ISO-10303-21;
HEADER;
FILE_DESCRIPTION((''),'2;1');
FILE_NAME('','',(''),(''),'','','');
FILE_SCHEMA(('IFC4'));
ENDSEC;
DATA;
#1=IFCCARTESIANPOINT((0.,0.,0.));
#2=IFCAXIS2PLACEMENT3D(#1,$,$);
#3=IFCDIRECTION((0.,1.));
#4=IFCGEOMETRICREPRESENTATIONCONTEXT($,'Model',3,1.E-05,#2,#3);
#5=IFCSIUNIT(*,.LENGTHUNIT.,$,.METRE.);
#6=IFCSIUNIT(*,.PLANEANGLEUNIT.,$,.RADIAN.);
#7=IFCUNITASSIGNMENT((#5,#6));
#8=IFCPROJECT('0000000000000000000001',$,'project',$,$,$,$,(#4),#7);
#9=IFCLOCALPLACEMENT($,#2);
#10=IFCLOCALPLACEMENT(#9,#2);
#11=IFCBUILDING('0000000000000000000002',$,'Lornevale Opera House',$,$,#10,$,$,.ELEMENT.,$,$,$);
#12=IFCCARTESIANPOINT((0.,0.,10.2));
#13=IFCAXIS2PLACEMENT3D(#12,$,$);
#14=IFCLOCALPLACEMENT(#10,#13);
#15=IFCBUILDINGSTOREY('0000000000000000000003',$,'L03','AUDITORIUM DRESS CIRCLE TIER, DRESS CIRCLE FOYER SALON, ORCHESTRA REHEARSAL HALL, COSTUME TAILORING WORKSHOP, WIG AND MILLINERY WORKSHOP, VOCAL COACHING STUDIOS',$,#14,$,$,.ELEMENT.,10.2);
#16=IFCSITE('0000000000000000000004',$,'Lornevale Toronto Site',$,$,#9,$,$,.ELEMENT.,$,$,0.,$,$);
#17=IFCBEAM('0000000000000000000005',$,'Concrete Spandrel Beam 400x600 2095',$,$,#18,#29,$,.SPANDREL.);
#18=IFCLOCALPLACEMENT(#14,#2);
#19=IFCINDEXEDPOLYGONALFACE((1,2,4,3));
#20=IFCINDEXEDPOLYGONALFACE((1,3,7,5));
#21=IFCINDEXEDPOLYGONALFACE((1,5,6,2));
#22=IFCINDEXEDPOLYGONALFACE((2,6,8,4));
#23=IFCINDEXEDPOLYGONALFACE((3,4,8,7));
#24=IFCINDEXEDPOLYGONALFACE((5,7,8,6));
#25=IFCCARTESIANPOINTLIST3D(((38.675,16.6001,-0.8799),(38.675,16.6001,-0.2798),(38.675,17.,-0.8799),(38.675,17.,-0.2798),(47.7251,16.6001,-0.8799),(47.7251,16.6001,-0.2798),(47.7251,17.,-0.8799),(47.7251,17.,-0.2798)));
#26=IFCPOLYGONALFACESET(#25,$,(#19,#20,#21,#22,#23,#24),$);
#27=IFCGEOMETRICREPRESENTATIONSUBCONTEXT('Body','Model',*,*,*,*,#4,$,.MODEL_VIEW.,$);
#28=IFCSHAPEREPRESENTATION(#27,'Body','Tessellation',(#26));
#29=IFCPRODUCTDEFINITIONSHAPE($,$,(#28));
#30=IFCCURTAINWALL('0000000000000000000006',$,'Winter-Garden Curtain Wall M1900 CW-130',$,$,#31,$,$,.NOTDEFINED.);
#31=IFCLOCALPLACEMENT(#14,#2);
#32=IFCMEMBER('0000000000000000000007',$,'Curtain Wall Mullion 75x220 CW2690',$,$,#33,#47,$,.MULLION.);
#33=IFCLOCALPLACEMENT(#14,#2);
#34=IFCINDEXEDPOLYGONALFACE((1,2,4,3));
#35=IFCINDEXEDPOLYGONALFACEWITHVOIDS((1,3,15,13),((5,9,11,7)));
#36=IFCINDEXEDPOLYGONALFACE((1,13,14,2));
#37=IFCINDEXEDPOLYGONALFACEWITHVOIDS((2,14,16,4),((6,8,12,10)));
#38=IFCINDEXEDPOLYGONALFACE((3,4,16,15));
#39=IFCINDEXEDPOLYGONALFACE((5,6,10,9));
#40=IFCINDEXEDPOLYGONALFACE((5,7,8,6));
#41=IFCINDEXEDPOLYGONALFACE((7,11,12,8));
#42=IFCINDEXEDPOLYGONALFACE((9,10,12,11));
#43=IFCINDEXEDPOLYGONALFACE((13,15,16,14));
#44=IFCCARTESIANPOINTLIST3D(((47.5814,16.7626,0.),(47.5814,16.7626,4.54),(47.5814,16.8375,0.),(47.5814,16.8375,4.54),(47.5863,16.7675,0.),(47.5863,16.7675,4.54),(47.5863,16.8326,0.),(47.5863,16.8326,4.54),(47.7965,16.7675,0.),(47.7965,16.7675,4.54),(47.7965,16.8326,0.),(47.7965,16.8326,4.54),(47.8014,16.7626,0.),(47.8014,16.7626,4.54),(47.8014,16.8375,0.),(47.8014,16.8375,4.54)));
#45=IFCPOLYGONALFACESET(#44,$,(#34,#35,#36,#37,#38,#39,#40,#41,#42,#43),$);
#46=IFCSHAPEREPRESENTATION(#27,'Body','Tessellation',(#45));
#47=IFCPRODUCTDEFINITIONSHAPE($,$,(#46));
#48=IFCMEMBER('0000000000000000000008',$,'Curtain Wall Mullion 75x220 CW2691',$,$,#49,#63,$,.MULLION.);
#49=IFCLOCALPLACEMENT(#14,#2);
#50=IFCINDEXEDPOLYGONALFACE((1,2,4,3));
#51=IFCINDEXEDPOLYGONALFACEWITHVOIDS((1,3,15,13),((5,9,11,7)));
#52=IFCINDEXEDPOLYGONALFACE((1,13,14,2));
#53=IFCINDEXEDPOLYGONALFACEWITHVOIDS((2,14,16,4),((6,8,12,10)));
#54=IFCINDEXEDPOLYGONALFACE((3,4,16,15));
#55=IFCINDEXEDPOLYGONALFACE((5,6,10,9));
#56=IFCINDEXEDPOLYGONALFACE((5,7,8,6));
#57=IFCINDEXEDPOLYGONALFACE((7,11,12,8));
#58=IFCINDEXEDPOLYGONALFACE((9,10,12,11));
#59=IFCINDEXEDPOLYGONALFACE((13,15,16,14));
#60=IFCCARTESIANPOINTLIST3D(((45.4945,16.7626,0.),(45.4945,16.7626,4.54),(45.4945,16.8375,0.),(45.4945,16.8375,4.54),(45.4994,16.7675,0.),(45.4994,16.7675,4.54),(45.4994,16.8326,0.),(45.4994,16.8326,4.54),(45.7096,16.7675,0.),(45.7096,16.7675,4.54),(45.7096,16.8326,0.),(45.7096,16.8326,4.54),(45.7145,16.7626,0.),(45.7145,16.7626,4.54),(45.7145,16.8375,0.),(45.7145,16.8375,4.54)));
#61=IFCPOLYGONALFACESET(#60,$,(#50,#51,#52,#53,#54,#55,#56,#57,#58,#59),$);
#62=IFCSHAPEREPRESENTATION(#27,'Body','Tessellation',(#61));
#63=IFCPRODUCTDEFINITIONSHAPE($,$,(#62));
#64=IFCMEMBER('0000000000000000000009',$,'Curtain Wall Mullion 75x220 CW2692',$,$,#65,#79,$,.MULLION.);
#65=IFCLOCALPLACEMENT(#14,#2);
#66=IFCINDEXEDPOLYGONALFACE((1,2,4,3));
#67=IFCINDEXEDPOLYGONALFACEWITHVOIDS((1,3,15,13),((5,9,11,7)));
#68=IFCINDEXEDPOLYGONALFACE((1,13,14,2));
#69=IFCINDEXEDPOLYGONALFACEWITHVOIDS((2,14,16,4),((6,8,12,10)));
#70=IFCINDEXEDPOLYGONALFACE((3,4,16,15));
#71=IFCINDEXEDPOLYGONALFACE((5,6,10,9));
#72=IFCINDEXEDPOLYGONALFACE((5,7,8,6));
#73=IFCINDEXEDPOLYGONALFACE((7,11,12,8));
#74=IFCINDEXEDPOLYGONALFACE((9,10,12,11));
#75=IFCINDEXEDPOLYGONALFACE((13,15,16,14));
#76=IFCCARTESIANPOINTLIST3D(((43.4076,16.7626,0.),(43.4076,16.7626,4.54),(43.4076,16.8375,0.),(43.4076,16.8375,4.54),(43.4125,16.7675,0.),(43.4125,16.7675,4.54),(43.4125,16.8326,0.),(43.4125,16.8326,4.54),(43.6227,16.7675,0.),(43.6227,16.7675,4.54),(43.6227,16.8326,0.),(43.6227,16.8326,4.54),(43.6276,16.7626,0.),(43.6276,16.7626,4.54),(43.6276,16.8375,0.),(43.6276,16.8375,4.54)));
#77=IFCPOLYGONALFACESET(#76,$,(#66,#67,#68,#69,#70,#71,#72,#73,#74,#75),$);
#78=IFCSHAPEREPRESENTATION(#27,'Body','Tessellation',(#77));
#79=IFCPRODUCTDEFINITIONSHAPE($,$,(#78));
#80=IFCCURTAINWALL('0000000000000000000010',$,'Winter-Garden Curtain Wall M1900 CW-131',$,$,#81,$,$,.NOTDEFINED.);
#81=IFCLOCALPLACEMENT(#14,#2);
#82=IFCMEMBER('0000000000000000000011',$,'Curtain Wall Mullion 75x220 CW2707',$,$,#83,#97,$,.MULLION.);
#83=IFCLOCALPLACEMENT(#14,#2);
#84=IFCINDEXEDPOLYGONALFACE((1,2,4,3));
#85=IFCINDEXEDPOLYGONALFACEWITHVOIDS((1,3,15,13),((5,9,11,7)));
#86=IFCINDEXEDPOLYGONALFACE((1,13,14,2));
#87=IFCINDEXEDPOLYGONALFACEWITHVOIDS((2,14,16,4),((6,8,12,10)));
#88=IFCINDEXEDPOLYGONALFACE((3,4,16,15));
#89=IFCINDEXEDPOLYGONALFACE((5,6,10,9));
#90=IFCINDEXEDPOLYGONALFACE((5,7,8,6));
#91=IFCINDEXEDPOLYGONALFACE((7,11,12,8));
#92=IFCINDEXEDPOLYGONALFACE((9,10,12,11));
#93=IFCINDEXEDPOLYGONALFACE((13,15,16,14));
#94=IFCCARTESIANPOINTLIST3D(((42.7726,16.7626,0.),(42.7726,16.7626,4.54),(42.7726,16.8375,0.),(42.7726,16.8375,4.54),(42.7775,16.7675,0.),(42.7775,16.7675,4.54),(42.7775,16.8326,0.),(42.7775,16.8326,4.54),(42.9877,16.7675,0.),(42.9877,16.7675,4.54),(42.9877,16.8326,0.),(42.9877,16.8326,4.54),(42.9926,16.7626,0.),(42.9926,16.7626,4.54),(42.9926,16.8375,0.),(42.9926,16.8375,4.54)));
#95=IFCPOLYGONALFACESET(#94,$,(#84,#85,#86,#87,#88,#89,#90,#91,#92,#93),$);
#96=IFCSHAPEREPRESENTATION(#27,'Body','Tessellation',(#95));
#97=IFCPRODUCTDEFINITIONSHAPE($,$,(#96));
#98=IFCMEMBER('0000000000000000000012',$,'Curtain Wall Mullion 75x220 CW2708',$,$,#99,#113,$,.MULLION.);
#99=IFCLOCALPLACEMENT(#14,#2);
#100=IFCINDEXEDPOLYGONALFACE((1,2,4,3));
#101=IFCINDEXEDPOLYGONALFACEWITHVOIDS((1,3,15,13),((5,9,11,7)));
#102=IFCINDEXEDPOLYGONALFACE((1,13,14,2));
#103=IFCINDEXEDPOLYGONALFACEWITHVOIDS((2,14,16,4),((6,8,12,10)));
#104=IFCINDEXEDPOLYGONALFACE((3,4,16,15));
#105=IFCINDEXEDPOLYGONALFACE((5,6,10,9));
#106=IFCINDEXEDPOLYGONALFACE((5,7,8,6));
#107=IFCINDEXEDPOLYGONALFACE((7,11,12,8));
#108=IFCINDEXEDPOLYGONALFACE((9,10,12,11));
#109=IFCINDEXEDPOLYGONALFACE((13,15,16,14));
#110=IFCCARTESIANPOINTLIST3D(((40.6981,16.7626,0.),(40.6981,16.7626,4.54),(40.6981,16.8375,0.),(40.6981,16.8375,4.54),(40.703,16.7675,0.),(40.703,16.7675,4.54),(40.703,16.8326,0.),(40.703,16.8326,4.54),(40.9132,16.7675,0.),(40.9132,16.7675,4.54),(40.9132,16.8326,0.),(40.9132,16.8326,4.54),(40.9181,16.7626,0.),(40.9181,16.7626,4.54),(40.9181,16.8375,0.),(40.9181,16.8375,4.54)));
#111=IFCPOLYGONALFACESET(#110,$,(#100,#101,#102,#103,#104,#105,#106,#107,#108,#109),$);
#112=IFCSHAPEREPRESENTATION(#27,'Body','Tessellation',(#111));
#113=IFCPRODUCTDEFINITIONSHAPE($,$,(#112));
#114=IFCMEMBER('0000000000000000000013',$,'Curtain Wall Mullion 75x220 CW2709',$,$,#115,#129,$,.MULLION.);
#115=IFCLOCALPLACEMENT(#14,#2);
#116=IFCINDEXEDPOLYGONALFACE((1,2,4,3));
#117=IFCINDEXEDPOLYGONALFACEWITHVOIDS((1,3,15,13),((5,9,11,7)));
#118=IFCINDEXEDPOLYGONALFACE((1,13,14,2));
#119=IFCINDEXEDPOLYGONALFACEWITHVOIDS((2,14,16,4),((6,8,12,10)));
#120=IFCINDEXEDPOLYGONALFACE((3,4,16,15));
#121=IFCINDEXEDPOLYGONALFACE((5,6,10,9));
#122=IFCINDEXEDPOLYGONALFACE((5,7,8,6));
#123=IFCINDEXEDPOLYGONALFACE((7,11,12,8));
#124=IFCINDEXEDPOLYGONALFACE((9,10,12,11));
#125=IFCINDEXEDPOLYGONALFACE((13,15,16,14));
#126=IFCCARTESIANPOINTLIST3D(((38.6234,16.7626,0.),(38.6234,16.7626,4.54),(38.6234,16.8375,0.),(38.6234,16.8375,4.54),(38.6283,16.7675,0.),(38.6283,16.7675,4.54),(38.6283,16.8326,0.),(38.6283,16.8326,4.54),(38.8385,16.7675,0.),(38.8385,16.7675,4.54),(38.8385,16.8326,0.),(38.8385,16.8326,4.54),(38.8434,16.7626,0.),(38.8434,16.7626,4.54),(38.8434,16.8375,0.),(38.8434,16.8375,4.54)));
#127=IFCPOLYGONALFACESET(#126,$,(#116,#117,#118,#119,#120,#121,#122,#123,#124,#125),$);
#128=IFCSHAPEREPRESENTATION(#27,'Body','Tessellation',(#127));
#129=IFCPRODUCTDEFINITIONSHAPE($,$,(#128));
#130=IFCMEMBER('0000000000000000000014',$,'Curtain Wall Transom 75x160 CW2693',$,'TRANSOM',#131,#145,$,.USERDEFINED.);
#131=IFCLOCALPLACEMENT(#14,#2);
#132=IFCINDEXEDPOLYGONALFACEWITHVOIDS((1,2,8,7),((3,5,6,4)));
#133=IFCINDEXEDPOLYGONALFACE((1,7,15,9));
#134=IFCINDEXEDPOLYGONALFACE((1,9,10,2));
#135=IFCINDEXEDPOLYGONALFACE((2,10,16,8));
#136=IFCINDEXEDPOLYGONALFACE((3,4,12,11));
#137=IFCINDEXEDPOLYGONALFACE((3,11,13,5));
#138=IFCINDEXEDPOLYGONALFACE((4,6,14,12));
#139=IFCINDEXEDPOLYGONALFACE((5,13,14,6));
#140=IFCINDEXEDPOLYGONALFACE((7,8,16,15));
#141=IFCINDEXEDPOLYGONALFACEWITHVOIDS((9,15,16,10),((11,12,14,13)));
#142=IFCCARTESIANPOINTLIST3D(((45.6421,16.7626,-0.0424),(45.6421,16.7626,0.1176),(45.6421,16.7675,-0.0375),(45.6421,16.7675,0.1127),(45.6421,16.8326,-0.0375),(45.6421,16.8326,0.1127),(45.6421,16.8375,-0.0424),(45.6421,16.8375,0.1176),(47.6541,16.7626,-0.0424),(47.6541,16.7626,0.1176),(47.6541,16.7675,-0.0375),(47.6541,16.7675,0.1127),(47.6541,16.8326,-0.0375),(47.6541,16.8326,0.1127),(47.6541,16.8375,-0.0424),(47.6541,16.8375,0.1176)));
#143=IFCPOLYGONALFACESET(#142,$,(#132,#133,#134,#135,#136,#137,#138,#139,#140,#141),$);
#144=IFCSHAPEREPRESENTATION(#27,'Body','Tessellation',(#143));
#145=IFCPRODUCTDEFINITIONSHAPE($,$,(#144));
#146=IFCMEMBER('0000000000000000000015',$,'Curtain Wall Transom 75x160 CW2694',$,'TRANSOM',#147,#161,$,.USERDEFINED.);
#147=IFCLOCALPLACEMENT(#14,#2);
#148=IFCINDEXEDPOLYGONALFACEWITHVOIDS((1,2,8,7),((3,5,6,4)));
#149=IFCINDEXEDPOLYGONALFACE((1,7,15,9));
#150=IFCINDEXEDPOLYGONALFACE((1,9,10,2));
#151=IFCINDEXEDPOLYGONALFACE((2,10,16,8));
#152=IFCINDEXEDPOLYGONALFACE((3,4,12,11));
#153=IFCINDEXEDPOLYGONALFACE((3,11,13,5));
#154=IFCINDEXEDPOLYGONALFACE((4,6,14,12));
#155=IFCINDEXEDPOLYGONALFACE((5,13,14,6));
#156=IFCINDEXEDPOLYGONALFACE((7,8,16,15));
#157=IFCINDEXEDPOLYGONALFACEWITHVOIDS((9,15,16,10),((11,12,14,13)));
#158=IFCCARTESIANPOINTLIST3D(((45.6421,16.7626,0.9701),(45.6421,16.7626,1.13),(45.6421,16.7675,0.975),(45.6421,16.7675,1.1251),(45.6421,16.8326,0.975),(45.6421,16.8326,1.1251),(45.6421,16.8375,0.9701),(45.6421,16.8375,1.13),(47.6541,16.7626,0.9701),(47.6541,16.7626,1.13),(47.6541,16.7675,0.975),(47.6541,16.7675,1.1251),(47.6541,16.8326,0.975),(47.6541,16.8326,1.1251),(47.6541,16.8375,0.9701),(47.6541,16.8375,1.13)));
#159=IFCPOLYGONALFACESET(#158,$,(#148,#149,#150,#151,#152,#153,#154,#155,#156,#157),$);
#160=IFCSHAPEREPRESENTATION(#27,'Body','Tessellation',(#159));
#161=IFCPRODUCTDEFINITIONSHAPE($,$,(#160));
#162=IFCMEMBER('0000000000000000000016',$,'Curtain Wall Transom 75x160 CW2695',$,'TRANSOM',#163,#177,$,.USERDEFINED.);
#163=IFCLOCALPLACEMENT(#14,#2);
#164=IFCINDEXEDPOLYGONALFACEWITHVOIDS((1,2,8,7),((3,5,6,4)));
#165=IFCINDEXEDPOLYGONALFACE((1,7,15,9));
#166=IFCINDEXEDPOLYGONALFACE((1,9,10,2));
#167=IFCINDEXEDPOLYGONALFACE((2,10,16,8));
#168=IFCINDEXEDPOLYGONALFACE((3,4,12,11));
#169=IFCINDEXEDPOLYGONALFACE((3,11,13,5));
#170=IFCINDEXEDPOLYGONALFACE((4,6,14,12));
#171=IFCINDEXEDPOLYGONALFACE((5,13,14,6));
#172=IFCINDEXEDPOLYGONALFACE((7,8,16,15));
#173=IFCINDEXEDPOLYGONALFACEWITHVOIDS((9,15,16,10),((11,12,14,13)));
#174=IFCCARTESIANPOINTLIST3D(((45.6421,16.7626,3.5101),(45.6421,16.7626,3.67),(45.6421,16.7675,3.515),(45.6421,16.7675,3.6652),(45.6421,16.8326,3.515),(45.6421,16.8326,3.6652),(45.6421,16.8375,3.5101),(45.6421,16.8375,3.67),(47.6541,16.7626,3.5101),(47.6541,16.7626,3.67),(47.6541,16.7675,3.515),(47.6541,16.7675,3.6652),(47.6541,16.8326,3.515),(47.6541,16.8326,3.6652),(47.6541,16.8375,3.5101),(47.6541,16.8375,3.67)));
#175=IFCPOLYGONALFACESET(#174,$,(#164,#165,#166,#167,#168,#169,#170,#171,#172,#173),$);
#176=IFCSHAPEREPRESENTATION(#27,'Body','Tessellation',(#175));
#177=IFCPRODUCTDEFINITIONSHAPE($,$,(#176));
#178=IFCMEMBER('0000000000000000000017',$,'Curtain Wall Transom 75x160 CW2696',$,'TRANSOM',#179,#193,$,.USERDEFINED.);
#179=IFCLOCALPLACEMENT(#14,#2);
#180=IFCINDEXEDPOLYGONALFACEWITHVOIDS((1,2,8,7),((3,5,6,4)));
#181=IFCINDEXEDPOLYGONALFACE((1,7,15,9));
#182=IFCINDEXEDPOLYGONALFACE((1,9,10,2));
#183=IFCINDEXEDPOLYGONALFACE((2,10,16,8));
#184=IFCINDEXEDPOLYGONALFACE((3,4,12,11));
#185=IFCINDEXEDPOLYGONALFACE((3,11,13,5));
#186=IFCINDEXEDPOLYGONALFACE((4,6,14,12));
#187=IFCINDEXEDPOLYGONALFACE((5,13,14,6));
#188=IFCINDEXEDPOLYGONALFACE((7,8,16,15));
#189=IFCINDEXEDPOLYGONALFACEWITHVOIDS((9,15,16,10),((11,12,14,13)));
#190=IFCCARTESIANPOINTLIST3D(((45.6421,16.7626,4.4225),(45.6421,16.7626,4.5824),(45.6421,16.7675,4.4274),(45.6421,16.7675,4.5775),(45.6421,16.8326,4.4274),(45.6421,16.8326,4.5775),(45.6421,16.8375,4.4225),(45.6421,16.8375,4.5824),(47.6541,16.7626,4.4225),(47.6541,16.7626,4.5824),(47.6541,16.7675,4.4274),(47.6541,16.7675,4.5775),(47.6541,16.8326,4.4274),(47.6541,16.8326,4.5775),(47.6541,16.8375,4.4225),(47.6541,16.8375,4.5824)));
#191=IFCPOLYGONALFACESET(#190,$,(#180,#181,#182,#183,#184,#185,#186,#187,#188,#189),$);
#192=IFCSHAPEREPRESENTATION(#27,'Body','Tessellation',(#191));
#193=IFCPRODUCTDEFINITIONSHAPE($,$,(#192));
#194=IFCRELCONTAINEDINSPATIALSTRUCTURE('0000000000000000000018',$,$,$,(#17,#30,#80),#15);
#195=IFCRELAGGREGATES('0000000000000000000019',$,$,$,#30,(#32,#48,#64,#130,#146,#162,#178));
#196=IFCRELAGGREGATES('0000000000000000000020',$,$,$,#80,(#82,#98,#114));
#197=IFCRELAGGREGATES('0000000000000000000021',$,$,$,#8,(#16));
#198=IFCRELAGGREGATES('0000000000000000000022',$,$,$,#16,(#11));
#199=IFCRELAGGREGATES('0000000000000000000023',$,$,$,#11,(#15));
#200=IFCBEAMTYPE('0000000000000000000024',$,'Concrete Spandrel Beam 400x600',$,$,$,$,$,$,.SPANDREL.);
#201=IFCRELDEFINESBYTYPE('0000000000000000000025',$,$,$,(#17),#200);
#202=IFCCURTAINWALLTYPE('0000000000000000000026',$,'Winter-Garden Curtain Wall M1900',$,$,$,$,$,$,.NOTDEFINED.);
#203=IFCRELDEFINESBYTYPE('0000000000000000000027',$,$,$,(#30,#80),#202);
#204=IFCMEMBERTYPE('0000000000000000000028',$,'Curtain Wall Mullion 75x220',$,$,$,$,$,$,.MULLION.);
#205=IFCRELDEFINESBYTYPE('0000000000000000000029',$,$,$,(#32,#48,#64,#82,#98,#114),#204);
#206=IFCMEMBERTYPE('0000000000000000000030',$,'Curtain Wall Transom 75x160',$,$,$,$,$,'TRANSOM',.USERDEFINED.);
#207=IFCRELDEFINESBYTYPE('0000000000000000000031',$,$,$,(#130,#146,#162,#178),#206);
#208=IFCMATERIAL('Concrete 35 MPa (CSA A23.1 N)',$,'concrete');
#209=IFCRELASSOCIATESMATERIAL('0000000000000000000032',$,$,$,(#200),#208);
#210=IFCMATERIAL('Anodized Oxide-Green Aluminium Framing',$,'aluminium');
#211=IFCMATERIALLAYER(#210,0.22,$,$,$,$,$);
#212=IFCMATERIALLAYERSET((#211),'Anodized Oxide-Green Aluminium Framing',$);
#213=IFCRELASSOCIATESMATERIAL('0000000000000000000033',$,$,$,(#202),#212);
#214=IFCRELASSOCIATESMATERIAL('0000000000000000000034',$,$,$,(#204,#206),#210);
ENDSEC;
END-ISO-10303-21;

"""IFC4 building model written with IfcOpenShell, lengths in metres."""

from ifc_helpers import new_model, si_unit, direction, frame, origin, origin_2d, place, context, subcontext, project, spatial, rectangle, hollow_rectangle, extrude, material, layer, layer_set, material_profile, profile_set, type_object, element, aggregate, save


model = new_model("IFC4")

# Units and contexts
model_context = context("Model", 3, precision=1e-05, world=origin(), true_north=direction((0.0, 1.0)))
body_context = subcontext(model_context, "Body", "Model", "MODEL_VIEW")
ifc_project = project(units=[si_unit("LENGTHUNIT", "METRE"), si_unit("PLANEANGLEUNIT", "RADIAN")], contexts=[model_context])

# Site, building, storey
site_placement = place(None, origin())
site = spatial("IfcSite", under=ifc_project, at=site_placement, Name="Lornevale Toronto Site", CompositionType="ELEMENT", RefElevation=0.0)
building_placement = place(site_placement, origin())
building = spatial("IfcBuilding", under=site, at=building_placement, Name="Lornevale Opera House", CompositionType="ELEMENT")
storey_placement = place(building_placement, frame((0.0, 0.0, 10.2)))
storey = spatial("IfcBuildingStorey", under=building, at=storey_placement, Name="L03", Description="AUDITORIUM DRESS CIRCLE TIER, DRESS CIRCLE FOYER SALON, ORCHESTRA REHEARSAL HALL, COSTUME TAILORING WORKSHOP, WIG AND MILLINERY WORKSHOP, VOCAL COACHING STUDIOS", CompositionType="ELEMENT", Elevation=10.2)

# Beam
ifc_material_1 = material(Name="Concrete 35 MPa (CSA A23.1 N)", Category="concrete")
ifc_material_profile_1 = material_profile(ifc_material_1, rectangle(XDim=0.3999, YDim=0.6001, at=origin_2d()), Name="RC400x600")
ifc_profile_set_1 = profile_set([ifc_material_profile_1], Name="Concrete 35 MPa (CSA A23.1 N)")
beam_type = type_object("IfcBeamType", Name="Concrete Spandrel Beam 400x600", PredefinedType="SPANDREL", material=ifc_profile_set_1)
beam_placement = place(storey_placement, frame((38.675, 16.8, -0.5798), z_axis=(1.0, 0.0, 0.0), x_axis=(0.0, 1.0, 0.0)))
element("IfcBeam", 1, at=beam_placement, inside=storey, type_object=beam_type, Name="Concrete Spandrel Beam 400x600 2095", PredefinedType="SPANDREL", context=body_context, shape_type="SweptSolid", body=[
    extrude(rectangle(XDim=0.3999, YDim=0.6001, at=origin_2d()), origin(), (0.0, 0.0, 1.0), 9.05),
])

# Curtain walls, members
ifc_material_2 = material(Name="Anodized Oxide-Green Aluminium Framing", Category="aluminium")
ifc_layer_1 = layer(ifc_material_2, 0.22)
ifc_layer_set_1 = layer_set([ifc_layer_1], Name="Anodized Oxide-Green Aluminium Framing")
curtain_wall_type_1 = type_object("IfcCurtainWallType", Name="Winter-Garden Curtain Wall M1900", PredefinedType="NOTDEFINED", material=ifc_layer_set_1)
curtain_wall_1_placement = place(storey_placement, origin())
curtain_wall_1 = element("IfcCurtainWall", 2, at=curtain_wall_1_placement, inside=storey, type_object=curtain_wall_type_1, Name="Winter-Garden Curtain Wall M1900 CW-130", PredefinedType="NOTDEFINED")
ifc_material_profile_2 = material_profile(ifc_material_2, hollow_rectangle(XDim=0.075, YDim=0.22, WallThickness=0.0049, at=origin_2d()), Name="ALU75x220x5")
ifc_profile_set_2 = profile_set([ifc_material_profile_2], Name="Anodized Oxide-Green Aluminium Framing")
member_type_1 = type_object("IfcMemberType", Name="Curtain Wall Mullion 75x220", PredefinedType="MULLION", material=ifc_profile_set_2)
member_1_placement = place(storey_placement, frame((47.6914, 16.8, 0.0), z_axis=(0.0, 0.0, 1.0), x_axis=(0.0, -1.0, 0.0)))
member_1 = element("IfcMember", 3, at=member_1_placement, type_object=member_type_1, Name="Curtain Wall Mullion 75x220 CW2690", PredefinedType="MULLION", context=body_context, shape_type="SweptSolid", body=[
    extrude(hollow_rectangle(XDim=0.075, YDim=0.22, WallThickness=0.0049, at=origin_2d()), origin(), (0.0, 0.0, 1.0), 4.54),
])
member_2_placement = place(storey_placement, frame((45.6045, 16.8, 0.0), z_axis=(0.0, 0.0, 1.0), x_axis=(0.0, -1.0, 0.0)))
member_2 = element("IfcMember", 4, at=member_2_placement, type_object=member_type_1, Name="Curtain Wall Mullion 75x220 CW2691", PredefinedType="MULLION", context=body_context, shape_type="SweptSolid", body=[
    extrude(hollow_rectangle(XDim=0.075, YDim=0.22, WallThickness=0.0049, at=origin_2d()), origin(), (0.0, 0.0, 1.0), 4.54),
])
member_3_placement = place(storey_placement, frame((43.5176, 16.8, 0.0), z_axis=(0.0, 0.0, 1.0), x_axis=(0.0, -1.0, 0.0)))
member_3 = element("IfcMember", 5, at=member_3_placement, type_object=member_type_1, Name="Curtain Wall Mullion 75x220 CW2692", PredefinedType="MULLION", context=body_context, shape_type="SweptSolid", body=[
    extrude(hollow_rectangle(XDim=0.075, YDim=0.22, WallThickness=0.0049, at=origin_2d()), origin(), (0.0, 0.0, 1.0), 4.54),
])
curtain_wall_2_placement = place(storey_placement, origin())
curtain_wall_2 = element("IfcCurtainWall", 6, at=curtain_wall_2_placement, inside=storey, type_object=curtain_wall_type_1, Name="Winter-Garden Curtain Wall M1900 CW-131", PredefinedType="NOTDEFINED")
member_4_placement = place(storey_placement, frame((42.8826, 16.8, 0.0), z_axis=(0.0, 0.0, 1.0), x_axis=(0.0, -1.0, 0.0)))
member_4 = element("IfcMember", 7, at=member_4_placement, type_object=member_type_1, Name="Curtain Wall Mullion 75x220 CW2707", PredefinedType="MULLION", context=body_context, shape_type="SweptSolid", body=[
    extrude(hollow_rectangle(XDim=0.075, YDim=0.22, WallThickness=0.0049, at=origin_2d()), origin(), (0.0, 0.0, 1.0), 4.54),
])
member_5_placement = place(storey_placement, frame((40.8081, 16.8, 0.0), z_axis=(0.0, 0.0, 1.0), x_axis=(0.0, -1.0, 0.0)))
member_5 = element("IfcMember", 8, at=member_5_placement, type_object=member_type_1, Name="Curtain Wall Mullion 75x220 CW2708", PredefinedType="MULLION", context=body_context, shape_type="SweptSolid", body=[
    extrude(hollow_rectangle(XDim=0.075, YDim=0.22, WallThickness=0.0049, at=origin_2d()), origin(), (0.0, 0.0, 1.0), 4.54),
])
member_6_placement = place(storey_placement, frame((38.7334, 16.8, 0.0), z_axis=(0.0, 0.0, 1.0), x_axis=(0.0, -1.0, 0.0)))
member_6 = element("IfcMember", 9, at=member_6_placement, type_object=member_type_1, Name="Curtain Wall Mullion 75x220 CW2709", PredefinedType="MULLION", context=body_context, shape_type="SweptSolid", body=[
    extrude(hollow_rectangle(XDim=0.075, YDim=0.22, WallThickness=0.0049, at=origin_2d()), origin(), (0.0, 0.0, 1.0), 4.54),
])

# Members
ifc_material_profile_3 = material_profile(ifc_material_2, hollow_rectangle(XDim=0.075, YDim=0.1599, WallThickness=0.0049, at=origin_2d()), Name="ALU75x160x5")
ifc_profile_set_3 = profile_set([ifc_material_profile_3], Name="Anodized Oxide-Green Aluminium Framing")
member_type_2 = type_object("IfcMemberType", Name="Curtain Wall Transom 75x160", ElementType="TRANSOM", PredefinedType="USERDEFINED", material=ifc_profile_set_3)
member_7_placement = place(storey_placement, frame((47.6541, 16.8, 0.0376), z_axis=(-1.0, 0.0, 0.0), x_axis=(0.0, -1.0, 0.0)))
member_7 = element("IfcMember", 10, at=member_7_placement, type_object=member_type_2, Name="Curtain Wall Transom 75x160 CW2693", ObjectType="TRANSOM", PredefinedType="USERDEFINED", context=body_context, shape_type="SweptSolid", body=[
    extrude(hollow_rectangle(XDim=0.075, YDim=0.1599, WallThickness=0.0049, at=origin_2d()), origin(), (0.0, 0.0, 1.0), 2.012),
])
member_8_placement = place(storey_placement, frame((47.6541, 16.8, 1.05), z_axis=(-1.0, 0.0, 0.0), x_axis=(0.0, -1.0, 0.0)))
member_8 = element("IfcMember", 11, at=member_8_placement, type_object=member_type_2, Name="Curtain Wall Transom 75x160 CW2694", ObjectType="TRANSOM", PredefinedType="USERDEFINED", context=body_context, shape_type="SweptSolid", body=[
    extrude(hollow_rectangle(XDim=0.075, YDim=0.1599, WallThickness=0.0049, at=origin_2d()), origin(), (0.0, 0.0, 1.0), 2.012),
])
member_9_placement = place(storey_placement, frame((47.6541, 16.8, 3.5901), z_axis=(-1.0, 0.0, 0.0), x_axis=(0.0, -1.0, 0.0)))
member_9 = element("IfcMember", 12, at=member_9_placement, type_object=member_type_2, Name="Curtain Wall Transom 75x160 CW2695", ObjectType="TRANSOM", PredefinedType="USERDEFINED", context=body_context, shape_type="SweptSolid", body=[
    extrude(hollow_rectangle(XDim=0.075, YDim=0.1599, WallThickness=0.0049, at=origin_2d()), origin(), (0.0, 0.0, 1.0), 2.012),
])
member_10_placement = place(storey_placement, frame((47.6541, 16.8, 4.5024), z_axis=(-1.0, 0.0, 0.0), x_axis=(0.0, -1.0, 0.0)))
member_10 = element("IfcMember", 13, at=member_10_placement, type_object=member_type_2, Name="Curtain Wall Transom 75x160 CW2696", ObjectType="TRANSOM", PredefinedType="USERDEFINED", context=body_context, shape_type="SweptSolid", body=[
    extrude(hollow_rectangle(XDim=0.075, YDim=0.1599, WallThickness=0.0049, at=origin_2d()), origin(), (0.0, 0.0, 1.0), 2.012),
])

aggregate(curtain_wall_1, [member_1, member_2, member_3, member_7, member_8, member_9, member_10])
aggregate(curtain_wall_2, [member_4, member_5, member_6])

save(model, "model.ifc")
